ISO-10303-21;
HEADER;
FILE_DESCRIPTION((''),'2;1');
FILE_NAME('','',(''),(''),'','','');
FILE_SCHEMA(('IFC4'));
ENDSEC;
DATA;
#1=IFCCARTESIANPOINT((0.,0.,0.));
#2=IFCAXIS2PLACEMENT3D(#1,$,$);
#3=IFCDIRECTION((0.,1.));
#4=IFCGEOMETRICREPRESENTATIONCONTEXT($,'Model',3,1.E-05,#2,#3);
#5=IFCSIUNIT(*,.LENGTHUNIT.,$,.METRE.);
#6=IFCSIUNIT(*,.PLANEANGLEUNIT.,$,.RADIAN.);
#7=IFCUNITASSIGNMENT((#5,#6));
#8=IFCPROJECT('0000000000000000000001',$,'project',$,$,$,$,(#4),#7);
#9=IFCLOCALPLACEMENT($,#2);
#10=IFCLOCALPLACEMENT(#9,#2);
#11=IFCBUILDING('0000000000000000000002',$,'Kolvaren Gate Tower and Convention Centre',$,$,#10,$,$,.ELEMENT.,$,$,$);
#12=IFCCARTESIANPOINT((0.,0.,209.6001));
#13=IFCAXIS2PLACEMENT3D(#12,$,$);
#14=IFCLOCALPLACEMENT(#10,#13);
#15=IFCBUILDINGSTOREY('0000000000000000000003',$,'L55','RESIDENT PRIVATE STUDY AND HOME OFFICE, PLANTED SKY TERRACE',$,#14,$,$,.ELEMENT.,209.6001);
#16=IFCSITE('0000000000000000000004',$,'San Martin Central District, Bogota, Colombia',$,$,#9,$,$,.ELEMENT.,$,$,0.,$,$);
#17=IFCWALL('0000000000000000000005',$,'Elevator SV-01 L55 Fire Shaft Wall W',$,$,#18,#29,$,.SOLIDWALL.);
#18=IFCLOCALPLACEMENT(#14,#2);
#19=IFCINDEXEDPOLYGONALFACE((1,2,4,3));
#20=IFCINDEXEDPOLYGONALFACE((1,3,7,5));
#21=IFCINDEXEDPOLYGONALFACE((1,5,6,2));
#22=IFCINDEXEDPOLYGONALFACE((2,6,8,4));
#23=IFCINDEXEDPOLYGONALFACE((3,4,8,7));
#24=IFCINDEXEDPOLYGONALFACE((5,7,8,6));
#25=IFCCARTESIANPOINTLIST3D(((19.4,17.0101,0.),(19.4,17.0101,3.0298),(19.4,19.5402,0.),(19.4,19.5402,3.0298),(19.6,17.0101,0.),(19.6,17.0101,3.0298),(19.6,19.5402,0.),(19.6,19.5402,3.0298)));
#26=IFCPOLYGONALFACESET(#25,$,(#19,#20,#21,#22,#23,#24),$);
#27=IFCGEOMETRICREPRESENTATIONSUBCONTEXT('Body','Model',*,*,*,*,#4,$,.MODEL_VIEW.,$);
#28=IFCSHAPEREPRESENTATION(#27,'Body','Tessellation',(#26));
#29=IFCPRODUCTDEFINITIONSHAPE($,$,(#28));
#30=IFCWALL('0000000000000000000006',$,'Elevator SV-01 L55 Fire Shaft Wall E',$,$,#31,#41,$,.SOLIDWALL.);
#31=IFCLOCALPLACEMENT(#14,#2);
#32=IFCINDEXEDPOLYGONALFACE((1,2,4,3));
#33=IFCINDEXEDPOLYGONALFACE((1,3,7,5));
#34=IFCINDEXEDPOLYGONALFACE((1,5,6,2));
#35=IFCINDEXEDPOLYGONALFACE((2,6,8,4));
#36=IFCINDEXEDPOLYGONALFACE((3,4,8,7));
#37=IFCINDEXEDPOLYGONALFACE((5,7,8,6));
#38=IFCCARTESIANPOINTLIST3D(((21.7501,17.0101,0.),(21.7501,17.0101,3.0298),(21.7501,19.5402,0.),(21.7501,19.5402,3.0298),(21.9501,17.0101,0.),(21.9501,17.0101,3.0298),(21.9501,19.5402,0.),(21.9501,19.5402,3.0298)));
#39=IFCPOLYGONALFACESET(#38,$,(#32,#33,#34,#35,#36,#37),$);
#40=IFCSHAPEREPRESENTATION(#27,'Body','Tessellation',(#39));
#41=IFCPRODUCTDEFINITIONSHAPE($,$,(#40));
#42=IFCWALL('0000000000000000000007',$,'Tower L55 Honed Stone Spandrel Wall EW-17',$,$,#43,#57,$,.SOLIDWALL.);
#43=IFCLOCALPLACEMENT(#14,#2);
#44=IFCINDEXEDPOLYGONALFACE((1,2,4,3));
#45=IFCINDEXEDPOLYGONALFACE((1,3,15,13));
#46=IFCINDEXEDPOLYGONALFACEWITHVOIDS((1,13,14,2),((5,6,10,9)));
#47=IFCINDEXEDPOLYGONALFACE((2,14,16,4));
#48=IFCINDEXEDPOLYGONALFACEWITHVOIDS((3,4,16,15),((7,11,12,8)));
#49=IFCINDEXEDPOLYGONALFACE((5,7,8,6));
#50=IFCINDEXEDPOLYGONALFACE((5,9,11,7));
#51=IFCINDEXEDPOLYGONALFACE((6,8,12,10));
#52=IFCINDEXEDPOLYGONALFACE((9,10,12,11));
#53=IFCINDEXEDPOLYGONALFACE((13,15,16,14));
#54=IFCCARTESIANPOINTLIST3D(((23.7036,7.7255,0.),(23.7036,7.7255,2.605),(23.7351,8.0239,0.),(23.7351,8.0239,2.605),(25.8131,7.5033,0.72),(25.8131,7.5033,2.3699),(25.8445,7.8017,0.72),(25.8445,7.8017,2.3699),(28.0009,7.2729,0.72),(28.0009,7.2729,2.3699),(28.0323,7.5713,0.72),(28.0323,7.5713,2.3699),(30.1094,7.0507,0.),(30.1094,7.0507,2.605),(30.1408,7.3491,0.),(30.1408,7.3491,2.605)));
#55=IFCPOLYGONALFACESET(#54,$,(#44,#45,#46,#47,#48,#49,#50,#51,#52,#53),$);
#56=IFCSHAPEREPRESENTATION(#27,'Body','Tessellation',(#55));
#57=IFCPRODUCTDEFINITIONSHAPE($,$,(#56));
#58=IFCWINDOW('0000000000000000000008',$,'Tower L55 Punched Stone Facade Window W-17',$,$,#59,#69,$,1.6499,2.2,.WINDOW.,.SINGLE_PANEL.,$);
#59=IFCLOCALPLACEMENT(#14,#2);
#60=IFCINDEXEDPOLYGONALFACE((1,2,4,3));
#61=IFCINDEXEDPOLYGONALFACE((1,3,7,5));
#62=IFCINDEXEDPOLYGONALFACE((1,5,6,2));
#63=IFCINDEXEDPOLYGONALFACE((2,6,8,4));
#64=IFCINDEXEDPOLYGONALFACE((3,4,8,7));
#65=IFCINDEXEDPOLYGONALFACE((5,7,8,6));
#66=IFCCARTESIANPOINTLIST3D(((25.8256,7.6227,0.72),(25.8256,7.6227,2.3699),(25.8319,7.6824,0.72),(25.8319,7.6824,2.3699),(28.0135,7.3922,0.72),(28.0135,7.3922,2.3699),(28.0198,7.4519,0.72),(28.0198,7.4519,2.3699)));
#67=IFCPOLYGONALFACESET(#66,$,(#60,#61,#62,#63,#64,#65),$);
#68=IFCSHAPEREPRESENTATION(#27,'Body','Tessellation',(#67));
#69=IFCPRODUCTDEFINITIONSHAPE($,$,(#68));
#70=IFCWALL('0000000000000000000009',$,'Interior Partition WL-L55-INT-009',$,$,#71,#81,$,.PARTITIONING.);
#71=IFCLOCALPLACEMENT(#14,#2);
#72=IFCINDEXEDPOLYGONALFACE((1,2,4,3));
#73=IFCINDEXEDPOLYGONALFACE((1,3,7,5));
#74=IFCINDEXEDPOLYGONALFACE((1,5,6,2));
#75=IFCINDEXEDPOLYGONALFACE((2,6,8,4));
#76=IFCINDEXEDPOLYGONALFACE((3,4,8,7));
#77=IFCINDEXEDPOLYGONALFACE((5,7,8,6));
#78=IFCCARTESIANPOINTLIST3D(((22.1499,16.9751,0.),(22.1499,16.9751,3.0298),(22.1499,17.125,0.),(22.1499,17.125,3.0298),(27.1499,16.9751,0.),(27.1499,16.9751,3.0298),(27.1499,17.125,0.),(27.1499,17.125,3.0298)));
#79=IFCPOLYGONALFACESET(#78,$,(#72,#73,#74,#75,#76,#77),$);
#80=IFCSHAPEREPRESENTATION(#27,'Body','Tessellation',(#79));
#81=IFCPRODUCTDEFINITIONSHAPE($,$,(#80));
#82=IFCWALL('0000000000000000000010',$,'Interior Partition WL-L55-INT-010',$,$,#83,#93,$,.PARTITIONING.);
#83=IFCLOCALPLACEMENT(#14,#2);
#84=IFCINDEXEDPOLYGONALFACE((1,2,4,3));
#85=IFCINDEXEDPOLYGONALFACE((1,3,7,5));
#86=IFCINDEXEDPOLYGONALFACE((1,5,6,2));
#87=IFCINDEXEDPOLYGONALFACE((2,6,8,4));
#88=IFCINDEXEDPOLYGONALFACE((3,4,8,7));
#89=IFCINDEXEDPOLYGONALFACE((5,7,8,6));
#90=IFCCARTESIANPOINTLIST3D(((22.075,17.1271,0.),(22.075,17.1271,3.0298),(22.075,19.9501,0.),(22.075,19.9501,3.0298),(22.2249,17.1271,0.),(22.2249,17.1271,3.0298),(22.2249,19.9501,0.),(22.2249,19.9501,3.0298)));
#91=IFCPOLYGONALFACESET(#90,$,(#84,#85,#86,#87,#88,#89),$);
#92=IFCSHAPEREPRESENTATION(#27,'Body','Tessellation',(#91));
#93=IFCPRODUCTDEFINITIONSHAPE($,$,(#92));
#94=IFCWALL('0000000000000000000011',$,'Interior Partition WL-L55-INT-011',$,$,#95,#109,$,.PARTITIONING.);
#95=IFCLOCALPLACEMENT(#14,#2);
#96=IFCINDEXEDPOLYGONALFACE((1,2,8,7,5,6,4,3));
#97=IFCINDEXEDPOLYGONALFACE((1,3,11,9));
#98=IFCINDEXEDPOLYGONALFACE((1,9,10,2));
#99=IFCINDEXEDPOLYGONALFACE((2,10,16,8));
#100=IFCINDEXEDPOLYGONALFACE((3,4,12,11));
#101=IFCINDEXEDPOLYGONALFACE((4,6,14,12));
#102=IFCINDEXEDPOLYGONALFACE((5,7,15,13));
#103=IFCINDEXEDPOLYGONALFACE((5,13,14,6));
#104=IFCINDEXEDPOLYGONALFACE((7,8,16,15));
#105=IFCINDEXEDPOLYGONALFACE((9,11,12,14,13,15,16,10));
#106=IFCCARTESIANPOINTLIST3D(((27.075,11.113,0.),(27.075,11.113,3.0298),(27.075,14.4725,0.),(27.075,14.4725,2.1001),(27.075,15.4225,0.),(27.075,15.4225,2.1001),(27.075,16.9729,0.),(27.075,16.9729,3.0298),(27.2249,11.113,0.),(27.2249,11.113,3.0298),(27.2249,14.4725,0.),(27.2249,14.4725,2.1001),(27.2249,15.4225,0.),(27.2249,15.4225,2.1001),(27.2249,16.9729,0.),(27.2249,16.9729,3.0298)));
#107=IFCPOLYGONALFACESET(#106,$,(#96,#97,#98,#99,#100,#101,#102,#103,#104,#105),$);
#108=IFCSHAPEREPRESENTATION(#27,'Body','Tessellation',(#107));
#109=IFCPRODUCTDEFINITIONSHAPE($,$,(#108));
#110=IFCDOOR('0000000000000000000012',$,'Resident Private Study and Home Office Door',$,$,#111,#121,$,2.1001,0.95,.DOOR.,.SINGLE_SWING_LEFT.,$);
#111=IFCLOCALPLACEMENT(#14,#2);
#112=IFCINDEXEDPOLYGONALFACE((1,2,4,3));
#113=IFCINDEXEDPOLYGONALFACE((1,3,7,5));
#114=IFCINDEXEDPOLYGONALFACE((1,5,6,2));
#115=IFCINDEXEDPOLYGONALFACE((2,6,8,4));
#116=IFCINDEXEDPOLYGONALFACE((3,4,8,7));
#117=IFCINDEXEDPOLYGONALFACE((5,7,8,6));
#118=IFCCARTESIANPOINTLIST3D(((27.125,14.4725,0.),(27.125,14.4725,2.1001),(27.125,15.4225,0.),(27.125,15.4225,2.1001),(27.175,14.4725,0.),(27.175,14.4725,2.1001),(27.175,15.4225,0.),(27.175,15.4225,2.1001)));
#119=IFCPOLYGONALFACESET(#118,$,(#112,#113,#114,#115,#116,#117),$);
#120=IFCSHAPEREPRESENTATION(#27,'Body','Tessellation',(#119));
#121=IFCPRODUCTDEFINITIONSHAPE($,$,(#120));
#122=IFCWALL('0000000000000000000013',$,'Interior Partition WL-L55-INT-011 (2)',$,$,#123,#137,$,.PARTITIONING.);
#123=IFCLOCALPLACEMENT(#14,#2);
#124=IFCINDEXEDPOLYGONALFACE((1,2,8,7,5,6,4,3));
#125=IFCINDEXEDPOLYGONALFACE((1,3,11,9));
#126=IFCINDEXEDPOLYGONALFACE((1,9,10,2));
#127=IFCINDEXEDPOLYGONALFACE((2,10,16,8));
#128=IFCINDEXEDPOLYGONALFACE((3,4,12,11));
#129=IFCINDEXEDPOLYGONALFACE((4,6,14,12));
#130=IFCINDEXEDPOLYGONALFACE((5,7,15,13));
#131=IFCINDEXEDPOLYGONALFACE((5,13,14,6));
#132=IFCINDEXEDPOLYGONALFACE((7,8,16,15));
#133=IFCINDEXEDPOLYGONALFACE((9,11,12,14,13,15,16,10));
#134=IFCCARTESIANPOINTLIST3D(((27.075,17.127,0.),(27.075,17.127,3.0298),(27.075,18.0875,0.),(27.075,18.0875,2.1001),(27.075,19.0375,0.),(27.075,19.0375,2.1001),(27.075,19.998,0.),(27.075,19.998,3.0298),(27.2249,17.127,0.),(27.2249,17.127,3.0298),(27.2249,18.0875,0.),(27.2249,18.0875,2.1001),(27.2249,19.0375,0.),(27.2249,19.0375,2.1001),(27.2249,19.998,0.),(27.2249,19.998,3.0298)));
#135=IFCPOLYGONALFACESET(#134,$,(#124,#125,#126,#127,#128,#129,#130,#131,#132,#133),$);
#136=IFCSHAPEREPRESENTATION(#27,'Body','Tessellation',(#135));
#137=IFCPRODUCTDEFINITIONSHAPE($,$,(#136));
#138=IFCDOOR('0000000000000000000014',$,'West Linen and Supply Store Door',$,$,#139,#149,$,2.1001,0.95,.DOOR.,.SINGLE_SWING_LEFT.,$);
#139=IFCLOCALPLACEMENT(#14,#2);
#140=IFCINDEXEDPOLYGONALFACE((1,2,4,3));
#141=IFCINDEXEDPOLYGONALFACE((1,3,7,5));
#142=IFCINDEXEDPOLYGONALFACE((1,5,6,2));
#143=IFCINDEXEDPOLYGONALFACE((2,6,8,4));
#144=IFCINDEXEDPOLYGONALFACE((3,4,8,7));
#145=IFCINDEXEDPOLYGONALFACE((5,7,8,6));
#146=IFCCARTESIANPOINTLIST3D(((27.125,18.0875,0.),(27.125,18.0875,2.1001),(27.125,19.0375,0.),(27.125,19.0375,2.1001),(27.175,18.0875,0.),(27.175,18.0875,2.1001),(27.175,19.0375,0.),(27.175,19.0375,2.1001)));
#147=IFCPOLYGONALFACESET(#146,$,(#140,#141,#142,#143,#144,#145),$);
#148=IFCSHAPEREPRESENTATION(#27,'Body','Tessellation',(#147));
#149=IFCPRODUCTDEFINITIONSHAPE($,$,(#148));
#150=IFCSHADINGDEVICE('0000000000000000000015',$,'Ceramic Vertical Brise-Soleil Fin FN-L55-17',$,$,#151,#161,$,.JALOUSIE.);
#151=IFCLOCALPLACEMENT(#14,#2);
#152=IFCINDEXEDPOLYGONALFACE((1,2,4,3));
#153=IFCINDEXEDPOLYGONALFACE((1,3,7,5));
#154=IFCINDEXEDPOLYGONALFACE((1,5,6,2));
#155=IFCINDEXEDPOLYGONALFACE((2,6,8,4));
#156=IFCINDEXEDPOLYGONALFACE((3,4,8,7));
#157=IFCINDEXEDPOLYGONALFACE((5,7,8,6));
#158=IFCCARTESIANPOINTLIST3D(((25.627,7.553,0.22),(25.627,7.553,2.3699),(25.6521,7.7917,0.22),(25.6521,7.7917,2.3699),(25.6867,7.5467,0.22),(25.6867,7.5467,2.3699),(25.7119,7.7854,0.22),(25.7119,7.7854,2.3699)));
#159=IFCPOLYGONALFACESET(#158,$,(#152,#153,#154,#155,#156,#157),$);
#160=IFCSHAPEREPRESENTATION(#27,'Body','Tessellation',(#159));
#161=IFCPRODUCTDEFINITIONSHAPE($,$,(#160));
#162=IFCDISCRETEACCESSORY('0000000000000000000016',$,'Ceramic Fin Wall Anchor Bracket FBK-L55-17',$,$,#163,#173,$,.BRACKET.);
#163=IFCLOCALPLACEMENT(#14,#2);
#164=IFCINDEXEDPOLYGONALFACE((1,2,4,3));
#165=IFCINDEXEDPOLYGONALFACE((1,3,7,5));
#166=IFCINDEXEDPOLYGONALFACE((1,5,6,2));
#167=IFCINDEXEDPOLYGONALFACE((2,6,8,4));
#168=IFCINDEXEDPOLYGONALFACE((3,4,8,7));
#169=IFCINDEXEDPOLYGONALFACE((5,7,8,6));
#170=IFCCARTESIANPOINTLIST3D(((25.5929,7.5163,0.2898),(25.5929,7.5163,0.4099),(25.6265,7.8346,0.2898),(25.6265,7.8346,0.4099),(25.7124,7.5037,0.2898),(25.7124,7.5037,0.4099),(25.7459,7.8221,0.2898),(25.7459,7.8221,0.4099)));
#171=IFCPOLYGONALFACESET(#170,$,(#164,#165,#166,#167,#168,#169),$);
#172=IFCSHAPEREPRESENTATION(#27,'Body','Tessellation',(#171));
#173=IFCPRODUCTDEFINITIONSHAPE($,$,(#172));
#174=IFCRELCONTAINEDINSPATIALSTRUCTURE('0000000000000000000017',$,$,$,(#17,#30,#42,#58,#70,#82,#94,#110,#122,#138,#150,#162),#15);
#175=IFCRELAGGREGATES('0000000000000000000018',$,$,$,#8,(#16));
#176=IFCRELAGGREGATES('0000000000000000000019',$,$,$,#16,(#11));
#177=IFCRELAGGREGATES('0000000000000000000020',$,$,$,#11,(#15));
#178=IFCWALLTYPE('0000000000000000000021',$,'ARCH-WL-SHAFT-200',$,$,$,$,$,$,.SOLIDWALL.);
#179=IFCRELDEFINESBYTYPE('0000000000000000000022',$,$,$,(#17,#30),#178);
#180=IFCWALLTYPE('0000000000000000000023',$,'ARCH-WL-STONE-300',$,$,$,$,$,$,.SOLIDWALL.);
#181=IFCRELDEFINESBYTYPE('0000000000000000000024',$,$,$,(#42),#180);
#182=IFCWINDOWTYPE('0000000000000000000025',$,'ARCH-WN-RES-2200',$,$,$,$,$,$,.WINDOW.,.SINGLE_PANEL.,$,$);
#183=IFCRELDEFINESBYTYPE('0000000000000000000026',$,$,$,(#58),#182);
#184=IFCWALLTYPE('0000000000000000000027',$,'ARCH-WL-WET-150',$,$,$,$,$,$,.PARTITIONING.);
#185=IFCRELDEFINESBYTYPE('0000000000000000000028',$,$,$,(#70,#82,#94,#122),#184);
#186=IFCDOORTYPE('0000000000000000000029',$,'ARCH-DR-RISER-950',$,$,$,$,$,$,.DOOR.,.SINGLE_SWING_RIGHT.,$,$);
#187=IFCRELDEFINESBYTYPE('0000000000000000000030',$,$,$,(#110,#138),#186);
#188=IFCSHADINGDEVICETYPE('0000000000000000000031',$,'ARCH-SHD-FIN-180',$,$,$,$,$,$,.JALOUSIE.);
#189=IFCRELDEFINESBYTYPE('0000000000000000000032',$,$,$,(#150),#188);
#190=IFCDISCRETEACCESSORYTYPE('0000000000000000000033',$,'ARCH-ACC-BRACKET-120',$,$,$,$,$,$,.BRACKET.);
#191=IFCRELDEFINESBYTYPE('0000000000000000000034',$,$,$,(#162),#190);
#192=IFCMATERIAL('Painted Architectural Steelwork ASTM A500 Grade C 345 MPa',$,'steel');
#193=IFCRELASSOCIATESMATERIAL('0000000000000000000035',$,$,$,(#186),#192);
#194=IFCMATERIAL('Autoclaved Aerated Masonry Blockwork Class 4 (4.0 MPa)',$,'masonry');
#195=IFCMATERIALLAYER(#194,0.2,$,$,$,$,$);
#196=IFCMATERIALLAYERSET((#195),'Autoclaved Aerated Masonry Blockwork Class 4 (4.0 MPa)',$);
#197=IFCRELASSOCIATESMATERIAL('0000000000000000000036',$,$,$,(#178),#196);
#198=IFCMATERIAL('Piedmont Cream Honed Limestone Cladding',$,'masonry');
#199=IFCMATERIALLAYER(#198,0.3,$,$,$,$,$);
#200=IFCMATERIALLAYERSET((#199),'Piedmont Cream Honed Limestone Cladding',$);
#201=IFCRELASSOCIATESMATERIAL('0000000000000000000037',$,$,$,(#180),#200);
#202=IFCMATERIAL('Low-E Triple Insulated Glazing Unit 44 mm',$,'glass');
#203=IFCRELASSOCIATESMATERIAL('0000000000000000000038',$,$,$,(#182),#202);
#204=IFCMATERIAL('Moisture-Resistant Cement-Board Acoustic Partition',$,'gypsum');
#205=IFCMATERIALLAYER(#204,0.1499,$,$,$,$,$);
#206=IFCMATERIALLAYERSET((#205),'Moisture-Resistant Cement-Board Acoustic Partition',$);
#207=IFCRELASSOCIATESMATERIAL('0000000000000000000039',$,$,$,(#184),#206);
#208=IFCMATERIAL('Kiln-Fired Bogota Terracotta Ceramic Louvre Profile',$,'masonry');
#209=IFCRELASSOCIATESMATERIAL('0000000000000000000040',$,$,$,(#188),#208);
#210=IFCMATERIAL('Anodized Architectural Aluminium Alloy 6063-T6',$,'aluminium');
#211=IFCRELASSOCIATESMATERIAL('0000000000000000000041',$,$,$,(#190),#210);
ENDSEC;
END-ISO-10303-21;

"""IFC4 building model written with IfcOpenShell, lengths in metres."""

from ifc_helpers import new_model, si_unit, direction, frame, frame_2d, origin, origin_2d, place, context, subcontext, project, spatial, rectangle, extrude, material, layer, layer_set, type_object, element, fill, save


model = new_model("IFC4")

# Units and contexts
model_context = context("Model", 3, precision=1e-05, world=origin(), true_north=direction((0.0, 1.0)))
body_context = subcontext(model_context, "Body", "Model", "MODEL_VIEW")
ifc_project = project(units=[si_unit("LENGTHUNIT", "METRE"), si_unit("PLANEANGLEUNIT", "RADIAN")], contexts=[model_context])

# Site, building, storey
site_placement = place(None, origin())
site = spatial("IfcSite", under=ifc_project, at=site_placement, Name="San Martin Central District, Bogota, Colombia", CompositionType="ELEMENT", RefElevation=0.0)
building_placement = place(site_placement, origin())
building = spatial("IfcBuilding", under=site, at=building_placement, Name="Kolvaren Gate Tower and Convention Centre", CompositionType="ELEMENT")
storey_placement = place(building_placement, frame((0.0, 0.0, 209.6001)))
storey = spatial("IfcBuildingStorey", under=building, at=storey_placement, Name="L55", Description="RESIDENT PRIVATE STUDY AND HOME OFFICE, PLANTED SKY TERRACE", CompositionType="ELEMENT", Elevation=209.6001)

# Shared definitions
ifc_material_1 = material(Name="Painted Architectural Steelwork ASTM A500 Grade C 345 MPa", Category="steel")
door_type = type_object("IfcDoorType", Name="ARCH-DR-RISER-950", OperationType="SINGLE_SWING_RIGHT", PredefinedType="DOOR", material=ifc_material_1)

# Walls
ifc_material_2 = material(Name="Piedmont Cream Honed Limestone Cladding", Category="masonry")
ifc_material_3 = material(Name="Autoclaved Aerated Masonry Blockwork Class 4 (4.0 MPa)", Category="masonry")
ifc_layer_1 = layer(ifc_material_3, 0.2)
ifc_layer_set_1 = layer_set([ifc_layer_1], Name="Autoclaved Aerated Masonry Blockwork Class 4 (4.0 MPa)")
wall_type_1 = type_object("IfcWallType", Name="ARCH-WL-SHAFT-200", PredefinedType="SOLIDWALL", material=ifc_layer_set_1)
for number, where, z_axis, x_axis, name in (
    (1, (19.5, 17.01, 0.0), (0.0, 0.0, 1.0), (0.0, 1.0, 0.0), "Elevator SV-01 L55 Fire Shaft Wall W"),
    (2, (21.8501, 17.01, 0.0), (0.0, 0.0, 1.0), (0.0, 1.0, 0.0), "Elevator SV-01 L55 Fire Shaft Wall E"),
):
    element("IfcWall", number, at=place(storey_placement, frame(where, z_axis=z_axis, x_axis=x_axis)), inside=storey, type_object=wall_type_1, Name=name, PredefinedType="SOLIDWALL", context=body_context, shape_type="SweptSolid", body=[
        extrude(rectangle(XDim=2.53, YDim=0.2, at=frame_2d((1.2651, 0.0))), origin(), (0.0, 0.0, 1.0), 3.0298),
    ])

# Wall, opening, window
ifc_layer_2 = layer(ifc_material_2, 0.3)
ifc_layer_set_2 = layer_set([ifc_layer_2], Name="Piedmont Cream Honed Limestone Cladding")
wall_type_2 = type_object("IfcWallType", Name="ARCH-WL-STONE-300", PredefinedType="SOLIDWALL", material=ifc_layer_set_2)
wall_1_placement = place(storey_placement, frame((23.7192, 7.8748, 0.0), z_axis=(0.0, 0.0, 1.0), x_axis=(0.994497, -0.104764, 0.0)))
wall_1 = element("IfcWall", 3, at=wall_1_placement, inside=storey, type_object=wall_type_2, Name="Tower L55 Honed Stone Spandrel Wall EW-17", PredefinedType="SOLIDWALL", context=body_context, shape_type="SweptSolid", body=[
    extrude(rectangle(XDim=6.4412, YDim=0.3, at=frame_2d((3.2207, 0.0))), origin(), (0.0, 0.0, 1.0), 2.605),
])
opening_1_placement = place(wall_1_placement, frame((2.1211, 0.0, 0.72)))
opening_1 = element("IfcOpeningElement", 4, at=opening_1_placement, cuts=wall_1, PredefinedType="OPENING", context=body_context, shape_type="SweptSolid", body=[
    extrude(rectangle(XDim=2.2, YDim=1.6499, at=frame_2d((1.1001, 0.825))), frame((0.0, 0.1599, 0.0), z_axis=(0.0, -1.0, 0.0), x_axis=(1.0, 0.0, 0.0)), (0.0, 0.0, 1.0), 0.3201),
])
ifc_material_4 = material(Name="Low-E Triple Insulated Glazing Unit 44 mm", Category="glass")
window_type = type_object("IfcWindowType", Name="ARCH-WN-RES-2200", PartitioningType="SINGLE_PANEL", PredefinedType="WINDOW", material=ifc_material_4)
window_placement = place(opening_1_placement, origin())
window = element("IfcWindow", 5, at=window_placement, inside=storey, type_object=window_type, Name="Tower L55 Punched Stone Facade Window W-17", OverallHeight=1.6499, OverallWidth=2.2, PartitioningType="SINGLE_PANEL", PredefinedType="WINDOW", context=body_context, shape_type="SweptSolid", body=[
    extrude(rectangle(XDim=2.2, YDim=1.6499, at=frame_2d((1.1001, 0.825))), frame((0.0, 0.03, 0.0), z_axis=(0.0, -1.0, 0.0), x_axis=(1.0, 0.0, 0.0)), (0.0, 0.0, 1.0), 0.0601),
])
fill(opening_1, window)

# Walls
ifc_material_5 = material(Name="Moisture-Resistant Cement-Board Acoustic Partition", Category="gypsum")
ifc_layer_3 = layer(ifc_material_5, 0.1499)
ifc_layer_set_3 = layer_set([ifc_layer_3], Name="Moisture-Resistant Cement-Board Acoustic Partition")
wall_type_3 = type_object("IfcWallType", Name="ARCH-WL-WET-150", PredefinedType="PARTITIONING", material=ifc_layer_set_3)
wall_2_placement = place(storey_placement, frame((22.1499, 17.05, 0.0), z_axis=(0.0, 0.0, 1.0), x_axis=(1.0, 0.0, 0.0)))
element("IfcWall", 6, at=wall_2_placement, inside=storey, type_object=wall_type_3, Name="Interior Partition WL-L55-INT-009", PredefinedType="PARTITIONING", context=body_context, shape_type="SweptSolid", body=[
    extrude(rectangle(XDim=5.0, YDim=0.1499, at=frame_2d((2.5, 0.0))), origin(), (0.0, 0.0, 1.0), 3.0298),
])
wall_3_placement = place(storey_placement, frame((22.1499, 17.127, 0.0), z_axis=(0.0, 0.0, 1.0), x_axis=(0.0, 1.0, 0.0)))
element("IfcWall", 7, at=wall_3_placement, inside=storey, type_object=wall_type_3, Name="Interior Partition WL-L55-INT-010", PredefinedType="PARTITIONING", context=body_context, shape_type="SweptSolid", body=[
    extrude(rectangle(XDim=2.823, YDim=0.1499, at=frame_2d((1.4116, 0.0))), origin(), (0.0, 0.0, 1.0), 3.0298),
])

# Walls, openings, doors
wall_4_placement = place(storey_placement, frame((27.1499, 11.113, 0.0), z_axis=(0.0, 0.0, 1.0), x_axis=(0.0, 1.0, 0.0)))
wall_4 = element("IfcWall", 8, at=wall_4_placement, inside=storey, type_object=wall_type_3, Name="Interior Partition WL-L55-INT-011", PredefinedType="PARTITIONING", context=body_context, shape_type="SweptSolid", body=[
    extrude(rectangle(XDim=5.8599, YDim=0.1499, at=frame_2d((2.9299, 0.0))), origin(), (0.0, 0.0, 1.0), 3.0298),
])
opening_2_placement = place(wall_4_placement, frame((3.3594, 0.0, 0.0)))
opening_2 = element("IfcOpeningElement", 9, at=opening_2_placement, cuts=wall_4, PredefinedType="OPENING", context=body_context, shape_type="SweptSolid", body=[
    extrude(rectangle(XDim=0.95, YDim=2.1001, at=frame_2d((0.4751, 1.05))), frame((0.0, 0.085, 0.0), z_axis=(0.0, -1.0, 0.0), x_axis=(1.0, 0.0, 0.0)), (0.0, 0.0, 1.0), 0.1699),
])
door_1_placement = place(opening_2_placement, origin())
door_1 = element("IfcDoor", 10, at=door_1_placement, inside=storey, type_object=door_type, Name="Resident Private Study and Home Office Door", OperationType="SINGLE_SWING_LEFT", OverallHeight=2.1001, OverallWidth=0.95, PredefinedType="DOOR", context=body_context, shape_type="SweptSolid", body=[
    extrude(rectangle(XDim=0.95, YDim=2.1001, at=frame_2d((0.4751, 1.05))), frame((0.0, 0.0249, 0.0), z_axis=(0.0, -1.0, 0.0), x_axis=(1.0, 0.0, 0.0)), (0.0, 0.0, 1.0), 0.05),
])
fill(opening_2, door_1)
wall_5_placement = place(storey_placement, frame((27.1499, 17.127, 0.0), z_axis=(0.0, 0.0, 1.0), x_axis=(0.0, 1.0, 0.0)))
wall_5 = element("IfcWall", 11, at=wall_5_placement, inside=storey, type_object=wall_type_3, Name="Interior Partition WL-L55-INT-011 (2)", PredefinedType="PARTITIONING", context=body_context, shape_type="SweptSolid", body=[
    extrude(rectangle(XDim=2.8711, YDim=0.1499, at=frame_2d((1.4355, 0.0))), origin(), (0.0, 0.0, 1.0), 3.0298),
])
opening_3_placement = place(wall_5_placement, frame((0.9604, 0.0, 0.0)))
opening_3 = element("IfcOpeningElement", 12, at=opening_3_placement, cuts=wall_5, PredefinedType="OPENING", context=body_context, shape_type="SweptSolid", body=[
    extrude(rectangle(XDim=0.95, YDim=2.1001, at=frame_2d((0.4751, 1.05))), frame((0.0, 0.085, 0.0), z_axis=(0.0, -1.0, 0.0), x_axis=(1.0, 0.0, 0.0)), (0.0, 0.0, 1.0), 0.1699),
])
door_2_placement = place(opening_3_placement, origin())
door_2 = element("IfcDoor", 13, at=door_2_placement, inside=storey, type_object=door_type, Name="West Linen and Supply Store Door", OperationType="SINGLE_SWING_LEFT", OverallHeight=2.1001, OverallWidth=0.95, PredefinedType="DOOR", context=body_context, shape_type="SweptSolid", body=[
    extrude(rectangle(XDim=0.95, YDim=2.1001, at=frame_2d((0.4751, 1.05))), frame((0.0, 0.0249, 0.0), z_axis=(0.0, -1.0, 0.0), x_axis=(1.0, 0.0, 0.0)), (0.0, 0.0, 1.0), 0.05),
])
fill(opening_3, door_2)

# Shading device
ifc_material_6 = material(Name="Kiln-Fired Bogota Terracotta Ceramic Louvre Profile", Category="masonry")
shading_device_type = type_object("IfcShadingDeviceType", Name="ARCH-SHD-FIN-180", PredefinedType="JALOUSIE", material=ifc_material_6)
shading_device_placement = place(storey_placement, frame((25.6694, 7.6692, 0.22), z_axis=(0.0, 0.0, 1.0), x_axis=(0.994499, -0.104747, 0.0)))
element("IfcShadingDevice", 14, at=shading_device_placement, inside=storey, type_object=shading_device_type, Name="Ceramic Vertical Brise-Soleil Fin FN-L55-17", PredefinedType="JALOUSIE", context=body_context, shape_type="SweptSolid", body=[
    extrude(rectangle(XDim=0.0601, YDim=0.24, at=origin_2d()), origin(), (0.0, 0.0, 1.0), 2.1499),
])

# Discrete accessory
ifc_material_7 = material(Name="Anodized Architectural Aluminium Alloy 6063-T6", Category="aluminium")
discrete_accessory_type = type_object("IfcDiscreteAccessoryType", Name="ARCH-ACC-BRACKET-120", PredefinedType="BRACKET", material=ifc_material_7)
discrete_accessory_placement = place(storey_placement, frame((25.6694, 7.6692, 0.2898), z_axis=(0.0, 0.0, 1.0), x_axis=(0.994499, -0.104747, 0.0)))
element("IfcDiscreteAccessory", 15, at=discrete_accessory_placement, inside=storey, type_object=discrete_accessory_type, Name="Ceramic Fin Wall Anchor Bracket FBK-L55-17", PredefinedType="BRACKET", context=body_context, shape_type="SweptSolid", body=[
    extrude(rectangle(XDim=0.1201, YDim=0.3201, at=origin_2d()), origin(), (0.0, 0.0, 1.0), 0.1201),
])

save(model, "model.ifc")
